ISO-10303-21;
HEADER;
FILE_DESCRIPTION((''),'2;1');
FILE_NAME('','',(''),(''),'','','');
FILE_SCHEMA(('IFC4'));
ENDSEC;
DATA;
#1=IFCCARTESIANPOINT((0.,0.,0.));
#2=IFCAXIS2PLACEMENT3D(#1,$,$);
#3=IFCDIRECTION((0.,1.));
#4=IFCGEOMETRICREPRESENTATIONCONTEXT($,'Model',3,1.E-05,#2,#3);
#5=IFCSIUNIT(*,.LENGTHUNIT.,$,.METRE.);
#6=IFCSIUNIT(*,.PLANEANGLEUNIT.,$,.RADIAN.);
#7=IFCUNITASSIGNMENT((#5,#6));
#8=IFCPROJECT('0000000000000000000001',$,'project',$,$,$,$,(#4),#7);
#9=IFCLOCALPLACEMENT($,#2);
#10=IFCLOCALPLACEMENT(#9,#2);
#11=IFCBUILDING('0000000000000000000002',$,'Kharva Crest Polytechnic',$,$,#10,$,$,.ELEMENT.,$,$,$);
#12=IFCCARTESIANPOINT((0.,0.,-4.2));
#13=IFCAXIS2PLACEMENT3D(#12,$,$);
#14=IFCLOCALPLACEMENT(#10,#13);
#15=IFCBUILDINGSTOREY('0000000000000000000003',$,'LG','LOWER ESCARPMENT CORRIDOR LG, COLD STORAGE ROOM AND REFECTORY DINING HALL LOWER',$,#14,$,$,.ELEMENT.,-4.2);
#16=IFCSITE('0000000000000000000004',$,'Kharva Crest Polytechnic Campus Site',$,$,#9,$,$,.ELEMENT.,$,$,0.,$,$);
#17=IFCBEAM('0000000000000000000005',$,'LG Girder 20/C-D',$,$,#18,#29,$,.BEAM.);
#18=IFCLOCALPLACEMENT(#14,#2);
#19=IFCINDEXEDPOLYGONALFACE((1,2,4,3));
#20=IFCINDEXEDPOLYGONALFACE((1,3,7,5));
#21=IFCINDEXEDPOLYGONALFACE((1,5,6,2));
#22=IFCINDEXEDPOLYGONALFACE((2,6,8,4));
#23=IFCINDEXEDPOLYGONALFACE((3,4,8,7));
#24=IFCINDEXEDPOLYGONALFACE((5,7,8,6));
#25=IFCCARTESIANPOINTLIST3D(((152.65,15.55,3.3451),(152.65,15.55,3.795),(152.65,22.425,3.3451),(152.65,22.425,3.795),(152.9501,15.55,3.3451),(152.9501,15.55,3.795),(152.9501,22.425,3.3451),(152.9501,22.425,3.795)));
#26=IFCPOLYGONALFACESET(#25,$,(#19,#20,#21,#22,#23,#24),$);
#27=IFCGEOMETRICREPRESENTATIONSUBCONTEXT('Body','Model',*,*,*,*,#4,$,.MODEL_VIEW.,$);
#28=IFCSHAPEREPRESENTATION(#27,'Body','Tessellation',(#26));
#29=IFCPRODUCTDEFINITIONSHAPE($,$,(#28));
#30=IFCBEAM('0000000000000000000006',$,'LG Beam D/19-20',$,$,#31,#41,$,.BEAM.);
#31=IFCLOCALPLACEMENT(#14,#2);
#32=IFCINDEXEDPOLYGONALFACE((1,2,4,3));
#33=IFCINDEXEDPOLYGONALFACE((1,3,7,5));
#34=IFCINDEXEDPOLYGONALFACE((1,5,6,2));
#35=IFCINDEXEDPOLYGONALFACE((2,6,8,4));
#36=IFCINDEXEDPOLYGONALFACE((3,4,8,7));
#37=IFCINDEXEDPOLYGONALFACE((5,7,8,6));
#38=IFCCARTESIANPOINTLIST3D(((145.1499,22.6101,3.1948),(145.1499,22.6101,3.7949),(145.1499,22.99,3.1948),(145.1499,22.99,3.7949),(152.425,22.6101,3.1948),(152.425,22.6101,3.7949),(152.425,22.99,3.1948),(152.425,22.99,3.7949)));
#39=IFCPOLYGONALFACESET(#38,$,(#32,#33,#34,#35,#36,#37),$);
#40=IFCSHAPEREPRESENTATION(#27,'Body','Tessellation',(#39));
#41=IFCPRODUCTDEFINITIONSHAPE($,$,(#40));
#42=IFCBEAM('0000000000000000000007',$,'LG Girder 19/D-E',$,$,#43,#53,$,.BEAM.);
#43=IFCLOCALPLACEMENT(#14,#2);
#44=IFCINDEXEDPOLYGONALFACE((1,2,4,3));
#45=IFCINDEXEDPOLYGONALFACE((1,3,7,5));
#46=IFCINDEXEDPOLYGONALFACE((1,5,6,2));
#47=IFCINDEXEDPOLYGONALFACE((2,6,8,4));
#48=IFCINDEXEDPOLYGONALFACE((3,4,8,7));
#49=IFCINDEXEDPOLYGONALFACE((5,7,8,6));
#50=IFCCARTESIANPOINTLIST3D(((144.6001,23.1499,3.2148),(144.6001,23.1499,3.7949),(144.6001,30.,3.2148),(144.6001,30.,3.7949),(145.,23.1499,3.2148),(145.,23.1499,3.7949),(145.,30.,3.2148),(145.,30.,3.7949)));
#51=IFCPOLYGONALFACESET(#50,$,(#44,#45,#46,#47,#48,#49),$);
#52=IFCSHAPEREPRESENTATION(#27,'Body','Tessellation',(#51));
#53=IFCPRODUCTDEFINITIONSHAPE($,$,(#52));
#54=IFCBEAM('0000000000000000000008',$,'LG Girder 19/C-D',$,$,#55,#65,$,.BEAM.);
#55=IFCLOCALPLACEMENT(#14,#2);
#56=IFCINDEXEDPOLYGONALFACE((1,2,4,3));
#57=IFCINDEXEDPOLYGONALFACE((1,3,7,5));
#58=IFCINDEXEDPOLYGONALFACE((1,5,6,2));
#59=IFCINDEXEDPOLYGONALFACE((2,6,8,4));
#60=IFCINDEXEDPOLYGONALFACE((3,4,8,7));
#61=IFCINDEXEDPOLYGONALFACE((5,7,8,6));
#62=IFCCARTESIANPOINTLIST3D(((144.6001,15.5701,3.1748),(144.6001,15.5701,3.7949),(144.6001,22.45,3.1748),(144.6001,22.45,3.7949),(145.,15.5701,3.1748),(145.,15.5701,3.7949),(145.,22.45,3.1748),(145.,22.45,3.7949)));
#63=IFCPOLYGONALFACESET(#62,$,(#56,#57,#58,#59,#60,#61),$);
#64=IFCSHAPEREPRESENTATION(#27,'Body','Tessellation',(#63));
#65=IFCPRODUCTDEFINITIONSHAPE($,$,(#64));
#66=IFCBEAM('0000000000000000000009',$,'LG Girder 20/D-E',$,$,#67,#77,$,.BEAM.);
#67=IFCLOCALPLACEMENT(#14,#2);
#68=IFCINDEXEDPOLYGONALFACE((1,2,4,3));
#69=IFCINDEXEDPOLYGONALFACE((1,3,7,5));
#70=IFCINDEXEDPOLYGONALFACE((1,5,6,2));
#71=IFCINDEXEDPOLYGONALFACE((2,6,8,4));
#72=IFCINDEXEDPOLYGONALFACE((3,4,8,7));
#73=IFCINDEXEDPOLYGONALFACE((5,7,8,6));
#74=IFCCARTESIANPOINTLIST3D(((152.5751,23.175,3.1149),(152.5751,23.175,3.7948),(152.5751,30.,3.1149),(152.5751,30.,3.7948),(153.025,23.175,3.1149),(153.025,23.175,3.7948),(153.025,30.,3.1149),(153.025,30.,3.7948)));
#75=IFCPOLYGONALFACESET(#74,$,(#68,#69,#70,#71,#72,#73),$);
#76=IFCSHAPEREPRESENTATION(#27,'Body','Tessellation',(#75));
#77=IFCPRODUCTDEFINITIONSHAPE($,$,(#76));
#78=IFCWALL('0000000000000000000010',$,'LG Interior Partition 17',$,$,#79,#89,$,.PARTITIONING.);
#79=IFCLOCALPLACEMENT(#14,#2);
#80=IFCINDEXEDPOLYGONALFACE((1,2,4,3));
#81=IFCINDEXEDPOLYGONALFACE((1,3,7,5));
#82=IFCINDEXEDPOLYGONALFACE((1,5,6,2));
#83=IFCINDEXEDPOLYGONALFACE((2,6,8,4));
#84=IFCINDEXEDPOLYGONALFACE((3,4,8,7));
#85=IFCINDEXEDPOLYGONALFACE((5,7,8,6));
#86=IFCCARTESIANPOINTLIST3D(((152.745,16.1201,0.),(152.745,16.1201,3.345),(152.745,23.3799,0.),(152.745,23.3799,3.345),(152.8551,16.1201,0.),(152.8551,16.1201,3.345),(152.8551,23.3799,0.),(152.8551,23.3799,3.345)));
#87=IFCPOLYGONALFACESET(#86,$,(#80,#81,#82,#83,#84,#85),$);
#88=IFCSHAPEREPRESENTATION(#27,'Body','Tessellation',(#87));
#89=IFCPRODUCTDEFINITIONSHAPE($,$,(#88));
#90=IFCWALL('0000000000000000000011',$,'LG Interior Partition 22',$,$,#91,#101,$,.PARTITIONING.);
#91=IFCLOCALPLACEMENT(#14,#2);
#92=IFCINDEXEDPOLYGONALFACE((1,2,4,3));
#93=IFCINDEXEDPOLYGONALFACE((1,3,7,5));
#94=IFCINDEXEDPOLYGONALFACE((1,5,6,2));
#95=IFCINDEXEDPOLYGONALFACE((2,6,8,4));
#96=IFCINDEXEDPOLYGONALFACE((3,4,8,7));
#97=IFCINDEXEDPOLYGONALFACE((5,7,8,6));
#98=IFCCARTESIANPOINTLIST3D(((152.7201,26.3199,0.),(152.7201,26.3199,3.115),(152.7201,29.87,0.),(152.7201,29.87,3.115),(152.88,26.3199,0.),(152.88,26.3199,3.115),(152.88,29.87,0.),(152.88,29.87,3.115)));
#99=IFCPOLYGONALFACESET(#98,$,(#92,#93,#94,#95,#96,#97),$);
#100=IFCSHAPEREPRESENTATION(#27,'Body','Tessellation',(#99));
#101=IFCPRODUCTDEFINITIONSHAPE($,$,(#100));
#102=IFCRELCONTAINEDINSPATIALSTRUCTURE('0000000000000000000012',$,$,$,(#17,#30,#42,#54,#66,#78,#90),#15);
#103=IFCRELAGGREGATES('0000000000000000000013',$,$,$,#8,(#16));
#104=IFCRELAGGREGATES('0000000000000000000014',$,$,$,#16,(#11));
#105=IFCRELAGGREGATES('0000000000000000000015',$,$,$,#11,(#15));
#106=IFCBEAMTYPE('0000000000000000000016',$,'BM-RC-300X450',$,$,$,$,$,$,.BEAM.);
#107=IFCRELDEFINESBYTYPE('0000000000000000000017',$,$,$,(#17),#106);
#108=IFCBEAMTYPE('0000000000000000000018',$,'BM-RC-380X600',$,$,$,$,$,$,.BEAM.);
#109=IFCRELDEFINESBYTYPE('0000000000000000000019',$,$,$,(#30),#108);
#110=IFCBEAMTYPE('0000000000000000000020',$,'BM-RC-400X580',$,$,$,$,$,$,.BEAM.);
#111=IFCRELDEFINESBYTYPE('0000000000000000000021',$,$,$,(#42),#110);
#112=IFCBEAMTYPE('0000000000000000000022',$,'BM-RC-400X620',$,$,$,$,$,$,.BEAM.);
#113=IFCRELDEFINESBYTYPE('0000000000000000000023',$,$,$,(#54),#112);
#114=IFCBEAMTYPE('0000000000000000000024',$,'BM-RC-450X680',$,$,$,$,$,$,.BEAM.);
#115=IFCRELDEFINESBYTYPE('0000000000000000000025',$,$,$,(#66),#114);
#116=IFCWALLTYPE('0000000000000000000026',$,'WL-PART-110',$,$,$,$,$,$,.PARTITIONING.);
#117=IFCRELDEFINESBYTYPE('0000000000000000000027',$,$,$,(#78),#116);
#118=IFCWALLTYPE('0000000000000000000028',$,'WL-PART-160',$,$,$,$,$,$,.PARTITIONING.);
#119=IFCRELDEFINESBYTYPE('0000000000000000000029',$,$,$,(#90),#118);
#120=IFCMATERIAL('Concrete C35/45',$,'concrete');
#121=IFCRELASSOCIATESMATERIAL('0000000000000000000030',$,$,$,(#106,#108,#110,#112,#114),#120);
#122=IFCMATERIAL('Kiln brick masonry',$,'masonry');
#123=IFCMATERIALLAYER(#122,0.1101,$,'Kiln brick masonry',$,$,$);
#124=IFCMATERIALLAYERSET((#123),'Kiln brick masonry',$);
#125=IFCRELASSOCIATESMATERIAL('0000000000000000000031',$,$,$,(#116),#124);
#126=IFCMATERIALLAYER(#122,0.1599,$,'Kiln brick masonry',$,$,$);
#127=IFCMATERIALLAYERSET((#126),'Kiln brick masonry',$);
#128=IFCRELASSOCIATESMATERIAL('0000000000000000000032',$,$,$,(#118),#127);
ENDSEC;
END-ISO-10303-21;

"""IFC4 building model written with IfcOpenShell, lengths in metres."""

from ifc_helpers import new_model, si_unit, direction, frame, frame_2d, origin, origin_2d, place, context, subcontext, project, spatial, rectangle, extrude, material, layer, layer_set, material_profile, profile_set, type_object, element, save


model = new_model("IFC4")

# Units and contexts
model_context = context("Model", 3, precision=1e-05, world=origin(), true_north=direction((0.0, 1.0)))
body_context = subcontext(model_context, "Body", "Model", "MODEL_VIEW")
ifc_project = project(units=[si_unit("LENGTHUNIT", "METRE"), si_unit("PLANEANGLEUNIT", "RADIAN")], contexts=[model_context])

# Site, building, storey
site_placement = place(None, origin())
site = spatial("IfcSite", under=ifc_project, at=site_placement, Name="Kharva Crest Polytechnic Campus Site", CompositionType="ELEMENT", RefElevation=0.0)
building_placement = place(site_placement, origin())
building = spatial("IfcBuilding", under=site, at=building_placement, Name="Kharva Crest Polytechnic", CompositionType="ELEMENT")
storey_placement = place(building_placement, frame((0.0, 0.0, -4.2)))
storey = spatial("IfcBuildingStorey", under=building, at=storey_placement, Name="LG", Description="LOWER ESCARPMENT CORRIDOR LG, COLD STORAGE ROOM AND REFECTORY DINING HALL LOWER", CompositionType="ELEMENT", Elevation=-4.2)

# Shared definitions
ifc_material_1 = material(Name="Concrete C35/45", Category="concrete")

# Beams
ifc_material_profile_1 = material_profile(ifc_material_1, rectangle(XDim=0.3, YDim=0.45, at=origin_2d()), Name="RECT 300 X 450")
ifc_profile_set_1 = profile_set([ifc_material_profile_1], Name="Concrete C35/45")
beam_type_1 = type_object("IfcBeamType", Name="BM-RC-300X450", PredefinedType="BEAM", material=ifc_profile_set_1)
beam_1_placement = place(storey_placement, frame((152.8, 15.55, 3.5701), z_axis=(0.0, 1.0, 0.0), x_axis=(-1.0, 0.0, 0.0)))
element("IfcBeam", 1, at=beam_1_placement, inside=storey, type_object=beam_type_1, Name="LG Girder 20/C-D", PredefinedType="BEAM", context=body_context, shape_type="SweptSolid", body=[
    extrude(rectangle(XDim=0.3, YDim=0.45, at=origin_2d()), origin(), (0.0, 0.0, 1.0), 6.875),
])
ifc_material_profile_2 = material_profile(ifc_material_1, rectangle(XDim=0.3799, YDim=0.6001, at=origin_2d()), Name="RECT 380 X 600")
ifc_profile_set_2 = profile_set([ifc_material_profile_2], Name="Concrete C35/45")
beam_type_2 = type_object("IfcBeamType", Name="BM-RC-380X600", PredefinedType="BEAM", material=ifc_profile_set_2)
beam_2_placement = place(storey_placement, frame((145.1499, 22.8, 3.4949), z_axis=(1.0, 0.0, 0.0), x_axis=(0.0, 1.0, 0.0)))
element("IfcBeam", 2, at=beam_2_placement, inside=storey, type_object=beam_type_2, Name="LG Beam D/19-20", PredefinedType="BEAM", context=body_context, shape_type="SweptSolid", body=[
    extrude(rectangle(XDim=0.3799, YDim=0.6001, at=origin_2d()), origin(), (0.0, 0.0, 1.0), 7.2751),
])
ifc_material_profile_3 = material_profile(ifc_material_1, rectangle(XDim=0.3999, YDim=0.5801, at=origin_2d()), Name="RECT 400 X 580")
ifc_profile_set_3 = profile_set([ifc_material_profile_3], Name="Concrete C35/45")
beam_type_3 = type_object("IfcBeamType", Name="BM-RC-400X580", PredefinedType="BEAM", material=ifc_profile_set_3)
beam_3_placement = place(storey_placement, frame((144.8, 23.1499, 3.5049), z_axis=(0.0, 1.0, 0.0), x_axis=(-1.0, 0.0, 0.0)))
element("IfcBeam", 3, at=beam_3_placement, inside=storey, type_object=beam_type_3, Name="LG Girder 19/D-E", PredefinedType="BEAM", context=body_context, shape_type="SweptSolid", body=[
    extrude(rectangle(XDim=0.3999, YDim=0.5801, at=origin_2d()), origin(), (0.0, 0.0, 1.0), 6.8501),
])
ifc_material_profile_4 = material_profile(ifc_material_1, rectangle(XDim=0.3999, YDim=0.6201, at=origin_2d()), Name="RECT 400 X 620")
ifc_profile_set_4 = profile_set([ifc_material_profile_4], Name="Concrete C35/45")
beam_type_4 = type_object("IfcBeamType", Name="BM-RC-400X620", PredefinedType="BEAM", material=ifc_profile_set_4)
beam_4_placement = place(storey_placement, frame((144.8, 15.5701, 3.4849), z_axis=(0.0, 1.0, 0.0), x_axis=(-1.0, 0.0, 0.0)))
element("IfcBeam", 4, at=beam_4_placement, inside=storey, type_object=beam_type_4, Name="LG Girder 19/C-D", PredefinedType="BEAM", context=body_context, shape_type="SweptSolid", body=[
    extrude(rectangle(XDim=0.3999, YDim=0.6201, at=origin_2d()), origin(), (0.0, 0.0, 1.0), 6.8799),
])
ifc_material_profile_5 = material_profile(ifc_material_1, rectangle(XDim=0.45, YDim=0.6799, at=origin_2d()), Name="RECT 450 X 680")
ifc_profile_set_5 = profile_set([ifc_material_profile_5], Name="Concrete C35/45")
beam_type_5 = type_object("IfcBeamType", Name="BM-RC-450X680", PredefinedType="BEAM", material=ifc_profile_set_5)
beam_5_placement = place(storey_placement, frame((152.8, 23.175, 3.4548), z_axis=(0.0, 1.0, 0.0), x_axis=(-1.0, 0.0, 0.0)))
element("IfcBeam", 5, at=beam_5_placement, inside=storey, type_object=beam_type_5, Name="LG Girder 20/D-E", PredefinedType="BEAM", context=body_context, shape_type="SweptSolid", body=[
    extrude(rectangle(XDim=0.45, YDim=0.6799, at=origin_2d()), origin(), (0.0, 0.0, 1.0), 6.825),
])

# Walls
ifc_material_2 = material(Name="Kiln brick masonry", Category="masonry")
ifc_layer_1 = layer(ifc_material_2, 0.1101, Name="Kiln brick masonry")
ifc_layer_set_1 = layer_set([ifc_layer_1], Name="Kiln brick masonry")
wall_type_1 = type_object("IfcWallType", Name="WL-PART-110", PredefinedType="PARTITIONING", material=ifc_layer_set_1)
wall_1_placement = place(storey_placement, frame((152.8, 16.1201, 0.0), z_axis=(0.0, 0.0, 1.0), x_axis=(0.0, 1.0, 0.0)))
element("IfcWall", 6, at=wall_1_placement, inside=storey, type_object=wall_type_1, Name="LG Interior Partition 17", PredefinedType="PARTITIONING", context=body_context, shape_type="SweptSolid", body=[
    extrude(rectangle(XDim=7.2598, YDim=0.1101, at=frame_2d((3.6299, 0.0))), origin(), (0.0, 0.0, 1.0), 3.345),
])
ifc_layer_2 = layer(ifc_material_2, 0.1599, Name="Kiln brick masonry")
ifc_layer_set_2 = layer_set([ifc_layer_2], Name="Kiln brick masonry")
wall_type_2 = type_object("IfcWallType", Name="WL-PART-160", PredefinedType="PARTITIONING", material=ifc_layer_set_2)
wall_2_placement = place(storey_placement, frame((152.8, 26.3201, 0.0), z_axis=(0.0, 0.0, 1.0), x_axis=(0.0, 1.0, 0.0)))
element("IfcWall", 7, at=wall_2_placement, inside=storey, type_object=wall_type_2, Name="LG Interior Partition 22", PredefinedType="PARTITIONING", context=body_context, shape_type="SweptSolid", body=[
    extrude(rectangle(XDim=3.55, YDim=0.1599, at=frame_2d((1.7749, 0.0))), origin(), (0.0, 0.0, 1.0), 3.115),
])

save(model, "model.ifc")
